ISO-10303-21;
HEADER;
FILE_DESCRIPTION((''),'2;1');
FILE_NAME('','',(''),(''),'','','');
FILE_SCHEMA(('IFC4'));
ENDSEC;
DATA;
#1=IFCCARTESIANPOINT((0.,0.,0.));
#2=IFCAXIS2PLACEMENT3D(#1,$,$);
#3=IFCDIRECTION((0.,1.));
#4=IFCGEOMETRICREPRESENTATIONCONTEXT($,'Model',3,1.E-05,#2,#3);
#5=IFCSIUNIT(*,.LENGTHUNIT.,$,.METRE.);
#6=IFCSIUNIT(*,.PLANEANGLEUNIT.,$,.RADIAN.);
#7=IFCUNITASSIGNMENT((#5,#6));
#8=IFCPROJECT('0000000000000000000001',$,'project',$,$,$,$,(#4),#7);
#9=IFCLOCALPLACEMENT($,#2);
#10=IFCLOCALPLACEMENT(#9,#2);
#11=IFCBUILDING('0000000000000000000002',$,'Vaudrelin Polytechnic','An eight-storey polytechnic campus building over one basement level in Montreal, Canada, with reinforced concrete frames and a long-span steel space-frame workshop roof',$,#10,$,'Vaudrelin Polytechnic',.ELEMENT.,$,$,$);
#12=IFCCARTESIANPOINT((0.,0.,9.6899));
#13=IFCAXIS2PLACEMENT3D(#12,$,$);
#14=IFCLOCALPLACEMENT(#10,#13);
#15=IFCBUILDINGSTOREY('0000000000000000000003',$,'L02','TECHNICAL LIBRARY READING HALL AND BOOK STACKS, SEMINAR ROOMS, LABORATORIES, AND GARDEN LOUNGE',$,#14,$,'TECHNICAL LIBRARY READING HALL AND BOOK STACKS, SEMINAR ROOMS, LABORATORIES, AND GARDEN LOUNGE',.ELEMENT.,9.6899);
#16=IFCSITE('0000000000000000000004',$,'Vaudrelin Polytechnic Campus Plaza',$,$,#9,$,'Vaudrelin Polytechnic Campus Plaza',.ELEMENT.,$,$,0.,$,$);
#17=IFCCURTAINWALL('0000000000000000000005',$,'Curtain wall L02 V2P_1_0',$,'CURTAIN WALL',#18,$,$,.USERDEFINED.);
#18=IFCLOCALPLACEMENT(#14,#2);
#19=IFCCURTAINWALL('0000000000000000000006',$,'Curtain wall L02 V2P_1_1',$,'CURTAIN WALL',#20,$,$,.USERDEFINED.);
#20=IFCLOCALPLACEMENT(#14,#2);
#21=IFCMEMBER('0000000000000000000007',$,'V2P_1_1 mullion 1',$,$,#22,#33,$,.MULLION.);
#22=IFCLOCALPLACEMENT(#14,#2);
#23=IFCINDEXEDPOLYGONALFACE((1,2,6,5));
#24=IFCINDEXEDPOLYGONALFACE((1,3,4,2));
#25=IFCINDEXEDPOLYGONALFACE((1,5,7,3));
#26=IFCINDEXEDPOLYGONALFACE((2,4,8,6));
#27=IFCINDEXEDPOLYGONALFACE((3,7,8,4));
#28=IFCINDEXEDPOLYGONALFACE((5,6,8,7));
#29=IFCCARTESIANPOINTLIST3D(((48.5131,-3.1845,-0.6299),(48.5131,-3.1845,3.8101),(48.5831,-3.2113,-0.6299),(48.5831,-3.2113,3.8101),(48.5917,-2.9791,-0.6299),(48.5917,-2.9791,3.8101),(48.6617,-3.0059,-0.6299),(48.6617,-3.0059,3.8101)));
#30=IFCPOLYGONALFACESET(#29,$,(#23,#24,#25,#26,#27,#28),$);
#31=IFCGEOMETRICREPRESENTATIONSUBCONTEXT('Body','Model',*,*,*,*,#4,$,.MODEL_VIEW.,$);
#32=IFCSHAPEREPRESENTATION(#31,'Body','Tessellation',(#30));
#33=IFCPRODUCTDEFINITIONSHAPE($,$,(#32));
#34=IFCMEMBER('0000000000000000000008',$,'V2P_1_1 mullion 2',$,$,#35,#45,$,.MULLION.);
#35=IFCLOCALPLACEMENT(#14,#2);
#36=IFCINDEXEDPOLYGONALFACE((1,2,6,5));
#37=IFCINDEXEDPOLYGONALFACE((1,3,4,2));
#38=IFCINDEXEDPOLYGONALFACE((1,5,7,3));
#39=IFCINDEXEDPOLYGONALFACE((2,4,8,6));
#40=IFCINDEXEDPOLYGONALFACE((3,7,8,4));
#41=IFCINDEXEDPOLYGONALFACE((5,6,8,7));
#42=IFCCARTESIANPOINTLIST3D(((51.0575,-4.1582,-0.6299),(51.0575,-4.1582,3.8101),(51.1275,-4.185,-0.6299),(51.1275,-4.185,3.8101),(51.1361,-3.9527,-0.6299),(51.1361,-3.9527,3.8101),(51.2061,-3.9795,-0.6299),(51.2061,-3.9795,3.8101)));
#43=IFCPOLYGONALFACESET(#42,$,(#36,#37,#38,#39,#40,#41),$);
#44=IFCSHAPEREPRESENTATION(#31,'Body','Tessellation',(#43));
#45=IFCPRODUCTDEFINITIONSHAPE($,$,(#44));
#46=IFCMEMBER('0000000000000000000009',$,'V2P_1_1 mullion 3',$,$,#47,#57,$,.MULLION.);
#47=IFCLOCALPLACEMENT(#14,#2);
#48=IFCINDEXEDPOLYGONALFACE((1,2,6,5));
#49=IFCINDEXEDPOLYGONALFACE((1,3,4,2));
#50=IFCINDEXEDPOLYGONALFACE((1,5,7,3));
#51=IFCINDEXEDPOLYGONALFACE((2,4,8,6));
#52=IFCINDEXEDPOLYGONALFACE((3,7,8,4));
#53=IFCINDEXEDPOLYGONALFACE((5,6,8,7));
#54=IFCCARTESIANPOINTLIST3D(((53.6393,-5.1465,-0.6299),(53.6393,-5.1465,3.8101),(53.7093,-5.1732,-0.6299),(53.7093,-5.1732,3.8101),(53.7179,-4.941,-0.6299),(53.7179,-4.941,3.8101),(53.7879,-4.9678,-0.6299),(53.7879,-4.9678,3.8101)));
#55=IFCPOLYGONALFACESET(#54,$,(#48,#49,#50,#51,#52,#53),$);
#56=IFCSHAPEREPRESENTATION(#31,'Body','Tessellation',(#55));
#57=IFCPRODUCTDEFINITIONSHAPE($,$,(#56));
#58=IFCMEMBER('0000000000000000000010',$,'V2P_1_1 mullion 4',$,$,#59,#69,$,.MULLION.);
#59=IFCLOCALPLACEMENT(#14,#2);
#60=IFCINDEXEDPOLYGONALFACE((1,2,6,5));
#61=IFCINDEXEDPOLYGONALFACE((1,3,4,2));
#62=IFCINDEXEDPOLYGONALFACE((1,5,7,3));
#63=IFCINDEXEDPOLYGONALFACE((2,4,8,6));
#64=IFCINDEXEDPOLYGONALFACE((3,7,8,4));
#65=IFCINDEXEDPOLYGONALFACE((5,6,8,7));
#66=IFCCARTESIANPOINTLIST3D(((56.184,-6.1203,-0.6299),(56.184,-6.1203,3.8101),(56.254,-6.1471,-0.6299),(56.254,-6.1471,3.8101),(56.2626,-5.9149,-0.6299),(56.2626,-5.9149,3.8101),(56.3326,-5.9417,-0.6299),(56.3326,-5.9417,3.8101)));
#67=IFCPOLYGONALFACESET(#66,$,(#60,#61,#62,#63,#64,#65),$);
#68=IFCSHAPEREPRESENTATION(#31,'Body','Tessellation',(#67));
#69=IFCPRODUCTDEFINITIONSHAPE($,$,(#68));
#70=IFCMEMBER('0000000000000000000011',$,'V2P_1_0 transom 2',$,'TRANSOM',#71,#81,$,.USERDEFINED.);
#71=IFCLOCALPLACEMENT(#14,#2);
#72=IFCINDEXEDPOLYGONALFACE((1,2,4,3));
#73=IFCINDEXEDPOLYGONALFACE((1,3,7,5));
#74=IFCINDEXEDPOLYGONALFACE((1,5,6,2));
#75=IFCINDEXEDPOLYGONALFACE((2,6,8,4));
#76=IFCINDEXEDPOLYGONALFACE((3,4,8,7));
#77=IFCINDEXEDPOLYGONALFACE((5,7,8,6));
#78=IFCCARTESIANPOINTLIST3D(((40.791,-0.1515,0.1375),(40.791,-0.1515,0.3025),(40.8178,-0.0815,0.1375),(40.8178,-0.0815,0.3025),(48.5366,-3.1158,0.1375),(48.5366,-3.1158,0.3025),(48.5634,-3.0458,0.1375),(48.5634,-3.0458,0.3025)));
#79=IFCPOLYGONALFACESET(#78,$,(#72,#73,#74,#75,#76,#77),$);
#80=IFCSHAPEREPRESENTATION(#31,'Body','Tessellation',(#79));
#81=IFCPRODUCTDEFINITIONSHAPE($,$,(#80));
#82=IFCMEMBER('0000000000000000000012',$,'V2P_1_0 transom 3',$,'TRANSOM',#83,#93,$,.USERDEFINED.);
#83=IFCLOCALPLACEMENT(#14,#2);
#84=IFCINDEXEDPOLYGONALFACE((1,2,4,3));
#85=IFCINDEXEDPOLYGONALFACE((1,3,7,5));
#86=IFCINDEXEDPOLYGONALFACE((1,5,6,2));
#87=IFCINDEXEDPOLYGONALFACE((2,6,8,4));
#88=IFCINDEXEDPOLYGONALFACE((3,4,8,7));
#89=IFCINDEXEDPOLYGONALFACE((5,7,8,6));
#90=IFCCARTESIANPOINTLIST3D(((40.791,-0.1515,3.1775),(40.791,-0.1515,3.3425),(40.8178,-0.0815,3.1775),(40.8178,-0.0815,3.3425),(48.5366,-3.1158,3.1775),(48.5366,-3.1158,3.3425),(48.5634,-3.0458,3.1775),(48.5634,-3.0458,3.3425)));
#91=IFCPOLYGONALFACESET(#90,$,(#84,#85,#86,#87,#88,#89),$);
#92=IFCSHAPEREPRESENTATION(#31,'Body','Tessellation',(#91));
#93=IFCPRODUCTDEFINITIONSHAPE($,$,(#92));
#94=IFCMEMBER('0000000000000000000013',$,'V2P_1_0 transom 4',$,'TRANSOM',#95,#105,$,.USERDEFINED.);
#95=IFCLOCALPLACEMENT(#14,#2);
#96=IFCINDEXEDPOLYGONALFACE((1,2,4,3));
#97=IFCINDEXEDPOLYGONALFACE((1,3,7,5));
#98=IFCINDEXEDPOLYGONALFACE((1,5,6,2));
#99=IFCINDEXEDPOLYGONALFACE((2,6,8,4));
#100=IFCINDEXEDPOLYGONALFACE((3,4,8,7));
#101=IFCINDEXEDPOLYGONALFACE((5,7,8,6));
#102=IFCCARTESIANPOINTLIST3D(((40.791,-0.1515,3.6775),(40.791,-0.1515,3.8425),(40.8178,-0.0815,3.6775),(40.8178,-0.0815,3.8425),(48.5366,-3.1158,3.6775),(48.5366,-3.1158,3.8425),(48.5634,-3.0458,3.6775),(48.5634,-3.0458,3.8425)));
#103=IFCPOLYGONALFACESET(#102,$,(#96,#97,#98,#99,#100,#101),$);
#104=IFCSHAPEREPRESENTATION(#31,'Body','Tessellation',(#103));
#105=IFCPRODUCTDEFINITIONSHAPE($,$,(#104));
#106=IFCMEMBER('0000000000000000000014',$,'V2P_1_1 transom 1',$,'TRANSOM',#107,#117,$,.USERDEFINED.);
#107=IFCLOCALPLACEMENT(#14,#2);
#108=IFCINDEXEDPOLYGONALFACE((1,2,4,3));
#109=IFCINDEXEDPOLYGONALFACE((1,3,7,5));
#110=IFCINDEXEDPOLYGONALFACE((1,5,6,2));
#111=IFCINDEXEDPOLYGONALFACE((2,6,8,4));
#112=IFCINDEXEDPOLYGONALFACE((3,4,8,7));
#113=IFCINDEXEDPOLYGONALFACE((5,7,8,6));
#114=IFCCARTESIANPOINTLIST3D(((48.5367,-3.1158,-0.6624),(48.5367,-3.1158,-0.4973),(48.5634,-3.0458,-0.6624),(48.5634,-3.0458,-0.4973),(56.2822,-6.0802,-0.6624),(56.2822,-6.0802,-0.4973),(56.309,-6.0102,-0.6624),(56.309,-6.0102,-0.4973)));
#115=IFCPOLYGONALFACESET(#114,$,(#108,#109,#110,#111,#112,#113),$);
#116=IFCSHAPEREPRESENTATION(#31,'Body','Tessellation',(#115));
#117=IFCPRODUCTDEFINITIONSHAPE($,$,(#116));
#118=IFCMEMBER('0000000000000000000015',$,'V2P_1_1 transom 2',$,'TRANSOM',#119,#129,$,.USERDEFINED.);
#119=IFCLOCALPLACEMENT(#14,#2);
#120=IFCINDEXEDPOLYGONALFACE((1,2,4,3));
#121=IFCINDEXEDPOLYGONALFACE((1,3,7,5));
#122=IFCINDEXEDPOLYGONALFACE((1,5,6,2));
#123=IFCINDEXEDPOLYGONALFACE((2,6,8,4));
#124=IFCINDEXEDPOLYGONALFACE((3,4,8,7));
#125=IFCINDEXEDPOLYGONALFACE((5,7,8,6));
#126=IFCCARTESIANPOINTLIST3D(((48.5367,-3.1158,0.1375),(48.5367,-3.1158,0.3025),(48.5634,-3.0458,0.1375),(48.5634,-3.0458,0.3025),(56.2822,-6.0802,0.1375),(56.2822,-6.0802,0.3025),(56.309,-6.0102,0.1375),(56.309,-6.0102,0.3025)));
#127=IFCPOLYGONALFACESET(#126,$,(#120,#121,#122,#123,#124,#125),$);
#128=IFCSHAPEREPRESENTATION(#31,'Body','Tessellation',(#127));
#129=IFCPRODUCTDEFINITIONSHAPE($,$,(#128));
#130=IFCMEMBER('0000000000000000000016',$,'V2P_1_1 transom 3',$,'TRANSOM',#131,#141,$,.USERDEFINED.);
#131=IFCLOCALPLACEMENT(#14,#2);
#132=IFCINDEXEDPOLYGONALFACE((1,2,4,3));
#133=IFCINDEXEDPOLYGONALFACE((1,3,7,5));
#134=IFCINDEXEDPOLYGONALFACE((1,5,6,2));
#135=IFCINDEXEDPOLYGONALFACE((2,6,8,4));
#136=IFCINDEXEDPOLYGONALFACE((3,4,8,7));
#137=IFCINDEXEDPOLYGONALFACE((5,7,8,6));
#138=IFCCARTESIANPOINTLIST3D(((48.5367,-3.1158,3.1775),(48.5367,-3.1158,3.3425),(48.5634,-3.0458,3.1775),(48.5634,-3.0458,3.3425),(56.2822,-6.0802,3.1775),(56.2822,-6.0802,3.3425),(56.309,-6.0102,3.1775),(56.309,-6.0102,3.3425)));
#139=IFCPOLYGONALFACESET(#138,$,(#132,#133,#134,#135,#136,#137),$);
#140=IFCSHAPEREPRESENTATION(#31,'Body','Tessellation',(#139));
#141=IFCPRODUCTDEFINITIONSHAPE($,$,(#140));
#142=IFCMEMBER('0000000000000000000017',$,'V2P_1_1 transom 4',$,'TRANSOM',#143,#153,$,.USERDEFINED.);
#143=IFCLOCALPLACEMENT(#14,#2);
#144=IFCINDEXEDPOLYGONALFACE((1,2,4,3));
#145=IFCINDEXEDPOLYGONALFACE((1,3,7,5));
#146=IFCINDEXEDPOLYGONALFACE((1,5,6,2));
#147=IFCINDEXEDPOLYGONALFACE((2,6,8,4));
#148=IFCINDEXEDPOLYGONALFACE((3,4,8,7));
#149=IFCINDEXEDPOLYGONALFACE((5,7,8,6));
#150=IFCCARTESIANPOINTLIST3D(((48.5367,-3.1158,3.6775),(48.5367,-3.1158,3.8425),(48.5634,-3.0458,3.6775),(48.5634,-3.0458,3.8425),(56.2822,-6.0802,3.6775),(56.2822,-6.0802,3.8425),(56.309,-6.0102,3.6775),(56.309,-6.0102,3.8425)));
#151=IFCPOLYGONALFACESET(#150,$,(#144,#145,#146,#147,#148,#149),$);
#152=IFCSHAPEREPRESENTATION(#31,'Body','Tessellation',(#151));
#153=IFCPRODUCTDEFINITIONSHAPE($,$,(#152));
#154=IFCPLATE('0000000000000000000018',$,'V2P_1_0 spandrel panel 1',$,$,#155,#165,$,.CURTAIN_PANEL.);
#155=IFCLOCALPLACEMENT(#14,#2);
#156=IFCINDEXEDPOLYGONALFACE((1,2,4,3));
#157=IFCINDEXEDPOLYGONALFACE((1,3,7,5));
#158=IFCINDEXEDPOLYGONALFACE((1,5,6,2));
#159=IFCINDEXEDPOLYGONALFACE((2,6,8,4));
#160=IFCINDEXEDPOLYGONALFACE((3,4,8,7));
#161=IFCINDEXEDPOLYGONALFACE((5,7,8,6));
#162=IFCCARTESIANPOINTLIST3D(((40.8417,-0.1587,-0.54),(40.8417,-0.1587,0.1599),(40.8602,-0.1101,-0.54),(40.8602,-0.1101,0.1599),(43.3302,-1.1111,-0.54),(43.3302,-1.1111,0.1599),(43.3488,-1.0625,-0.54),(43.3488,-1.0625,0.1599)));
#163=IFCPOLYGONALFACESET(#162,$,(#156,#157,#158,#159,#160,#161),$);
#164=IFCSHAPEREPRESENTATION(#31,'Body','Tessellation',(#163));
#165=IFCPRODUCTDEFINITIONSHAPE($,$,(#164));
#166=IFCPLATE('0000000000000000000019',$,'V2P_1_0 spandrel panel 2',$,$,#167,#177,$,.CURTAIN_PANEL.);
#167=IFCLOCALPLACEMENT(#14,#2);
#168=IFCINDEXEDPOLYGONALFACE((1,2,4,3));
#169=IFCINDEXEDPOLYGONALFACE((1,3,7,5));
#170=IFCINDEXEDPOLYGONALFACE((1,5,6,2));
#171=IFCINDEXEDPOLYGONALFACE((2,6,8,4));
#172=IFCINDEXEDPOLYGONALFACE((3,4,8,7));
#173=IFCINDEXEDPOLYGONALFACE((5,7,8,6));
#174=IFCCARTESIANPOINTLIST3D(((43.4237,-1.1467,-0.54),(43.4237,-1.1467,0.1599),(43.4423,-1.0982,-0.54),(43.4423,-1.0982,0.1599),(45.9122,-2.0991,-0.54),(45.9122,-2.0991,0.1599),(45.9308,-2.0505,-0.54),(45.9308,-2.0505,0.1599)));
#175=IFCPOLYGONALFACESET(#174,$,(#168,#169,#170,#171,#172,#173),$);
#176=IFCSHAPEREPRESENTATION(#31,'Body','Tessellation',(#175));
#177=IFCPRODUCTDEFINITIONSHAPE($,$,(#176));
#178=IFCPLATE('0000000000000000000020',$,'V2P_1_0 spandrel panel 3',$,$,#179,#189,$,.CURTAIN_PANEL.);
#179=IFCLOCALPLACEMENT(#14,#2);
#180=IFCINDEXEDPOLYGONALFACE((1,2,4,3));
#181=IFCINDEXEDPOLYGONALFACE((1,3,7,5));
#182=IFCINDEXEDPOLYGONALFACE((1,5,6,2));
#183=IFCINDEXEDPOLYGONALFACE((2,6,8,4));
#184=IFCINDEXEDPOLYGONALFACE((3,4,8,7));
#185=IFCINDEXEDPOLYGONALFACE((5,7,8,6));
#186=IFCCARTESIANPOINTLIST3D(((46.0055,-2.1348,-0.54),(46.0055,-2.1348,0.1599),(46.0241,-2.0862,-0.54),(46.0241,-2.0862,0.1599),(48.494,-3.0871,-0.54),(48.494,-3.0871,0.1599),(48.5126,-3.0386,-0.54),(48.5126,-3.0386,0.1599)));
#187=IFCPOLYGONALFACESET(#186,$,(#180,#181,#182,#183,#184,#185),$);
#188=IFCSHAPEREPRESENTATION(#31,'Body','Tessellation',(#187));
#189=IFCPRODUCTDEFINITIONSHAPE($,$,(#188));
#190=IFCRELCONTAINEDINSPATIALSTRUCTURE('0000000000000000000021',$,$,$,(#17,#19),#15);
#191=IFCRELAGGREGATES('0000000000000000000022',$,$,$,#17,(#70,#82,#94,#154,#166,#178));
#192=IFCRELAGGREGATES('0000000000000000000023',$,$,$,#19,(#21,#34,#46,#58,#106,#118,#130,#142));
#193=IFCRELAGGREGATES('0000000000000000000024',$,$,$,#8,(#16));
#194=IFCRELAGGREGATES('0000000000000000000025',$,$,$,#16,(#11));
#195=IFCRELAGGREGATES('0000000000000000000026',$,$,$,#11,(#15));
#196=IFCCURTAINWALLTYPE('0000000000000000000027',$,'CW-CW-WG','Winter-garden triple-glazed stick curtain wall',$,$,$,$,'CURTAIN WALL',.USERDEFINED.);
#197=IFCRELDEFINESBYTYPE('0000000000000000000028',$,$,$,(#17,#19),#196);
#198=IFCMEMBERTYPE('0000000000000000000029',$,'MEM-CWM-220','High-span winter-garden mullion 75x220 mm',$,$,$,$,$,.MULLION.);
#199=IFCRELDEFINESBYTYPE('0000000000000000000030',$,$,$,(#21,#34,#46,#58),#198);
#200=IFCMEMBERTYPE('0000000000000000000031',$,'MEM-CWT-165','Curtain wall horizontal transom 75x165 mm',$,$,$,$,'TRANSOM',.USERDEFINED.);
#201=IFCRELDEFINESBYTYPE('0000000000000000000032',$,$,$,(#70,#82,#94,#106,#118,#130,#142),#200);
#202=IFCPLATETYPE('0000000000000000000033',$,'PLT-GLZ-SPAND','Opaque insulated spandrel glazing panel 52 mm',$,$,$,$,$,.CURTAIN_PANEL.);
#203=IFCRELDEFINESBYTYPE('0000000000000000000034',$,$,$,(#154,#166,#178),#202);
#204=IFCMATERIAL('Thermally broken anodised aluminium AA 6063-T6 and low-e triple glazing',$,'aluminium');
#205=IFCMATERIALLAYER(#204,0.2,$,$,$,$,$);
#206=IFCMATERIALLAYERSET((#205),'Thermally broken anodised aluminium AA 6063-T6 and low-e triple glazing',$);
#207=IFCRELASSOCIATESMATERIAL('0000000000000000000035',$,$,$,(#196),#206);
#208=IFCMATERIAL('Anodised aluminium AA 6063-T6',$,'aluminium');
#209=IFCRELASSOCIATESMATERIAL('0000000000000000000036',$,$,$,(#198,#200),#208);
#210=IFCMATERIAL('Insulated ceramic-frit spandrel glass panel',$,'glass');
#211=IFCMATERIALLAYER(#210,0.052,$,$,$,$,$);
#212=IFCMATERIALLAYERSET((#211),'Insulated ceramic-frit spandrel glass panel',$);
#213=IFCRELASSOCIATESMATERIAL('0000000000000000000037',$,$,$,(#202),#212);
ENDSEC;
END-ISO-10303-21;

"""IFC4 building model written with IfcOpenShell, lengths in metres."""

from ifc_helpers import new_model, si_unit, direction, frame, origin, origin_2d, place, context, subcontext, project, spatial, rectangle, extrude, material, layer, layer_set, material_profile, profile_set, type_object, element, aggregate, save


model = new_model("IFC4")

# Units and contexts
model_context = context("Model", 3, precision=1e-05, world=origin(), true_north=direction((0.0, 1.0)))
body_context = subcontext(model_context, "Body", "Model", "MODEL_VIEW")
ifc_project = project(units=[si_unit("LENGTHUNIT", "METRE"), si_unit("PLANEANGLEUNIT", "RADIAN")], contexts=[model_context])

# Site, building, storey
site_placement = place(None, origin())
site = spatial("IfcSite", under=ifc_project, at=site_placement, Name="Vaudrelin Polytechnic Campus Plaza", LongName="Vaudrelin Polytechnic Campus Plaza", CompositionType="ELEMENT", RefElevation=0.0)
building_placement = place(site_placement, origin())
building = spatial("IfcBuilding", under=site, at=building_placement, Name="Vaudrelin Polytechnic", Description="An eight-storey polytechnic campus building over one basement level in Montreal, Canada, with reinforced concrete frames and a long-span steel space-frame workshop roof", LongName="Vaudrelin Polytechnic", CompositionType="ELEMENT")
storey_placement = place(building_placement, frame((0.0, 0.0, 9.6899)))
storey = spatial("IfcBuildingStorey", under=building, at=storey_placement, Name="L02", Description="TECHNICAL LIBRARY READING HALL AND BOOK STACKS, SEMINAR ROOMS, LABORATORIES, AND GARDEN LOUNGE", LongName="TECHNICAL LIBRARY READING HALL AND BOOK STACKS, SEMINAR ROOMS, LABORATORIES, AND GARDEN LOUNGE", CompositionType="ELEMENT", Elevation=9.6899)

# Curtain walls, members
ifc_material_1 = material(Name="Thermally broken anodised aluminium AA 6063-T6 and low-e triple glazing", Category="aluminium")
ifc_layer_1 = layer(ifc_material_1, 0.2)
ifc_layer_set_1 = layer_set([ifc_layer_1], Name="Thermally broken anodised aluminium AA 6063-T6 and low-e triple glazing")
curtain_wall_type = type_object("IfcCurtainWallType", Name="CW-CW-WG", Description="Winter-garden triple-glazed stick curtain wall", ElementType="CURTAIN WALL", PredefinedType="USERDEFINED", material=ifc_layer_set_1)
curtain_wall_1_placement = place(storey_placement, origin())
curtain_wall_1 = element("IfcCurtainWall", 1, at=curtain_wall_1_placement, inside=storey, type_object=curtain_wall_type, Name="Curtain wall L02 V2P_1_0", ObjectType="CURTAIN WALL", PredefinedType="USERDEFINED")
ifc_material_2 = material(Name="Anodised aluminium AA 6063-T6", Category="aluminium")
ifc_material_profile_1 = material_profile(ifc_material_2, rectangle(XDim=0.075, YDim=0.22, at=origin_2d()), Name="CWM-75x220")
ifc_profile_set_1 = profile_set([ifc_material_profile_1], Name="Anodised aluminium AA 6063-T6")
member_type_1 = type_object("IfcMemberType", Name="MEM-CWM-220", Description="High-span winter-garden mullion 75x220 mm", PredefinedType="MULLION", material=ifc_profile_set_1)
curtain_wall_2_placement = place(storey_placement, origin())
curtain_wall_2 = element("IfcCurtainWall", 2, at=curtain_wall_2_placement, inside=storey, type_object=curtain_wall_type, Name="Curtain wall L02 V2P_1_1", ObjectType="CURTAIN WALL", PredefinedType="USERDEFINED")
member_1_placement = place(storey_placement, frame((48.5874, -3.0952, -0.6299), z_axis=(0.0, 0.0, 1.0), x_axis=(0.933937, -0.357437, 0.0)))
member_1 = element("IfcMember", 3, at=member_1_placement, type_object=member_type_1, Name="V2P_1_1 mullion 1", PredefinedType="MULLION", context=body_context, shape_type="SweptSolid", body=[
    extrude(rectangle(XDim=0.075, YDim=0.22, at=origin_2d()), origin(), (0.0, 0.0, 1.0), 4.4399),
])
member_2_placement = place(storey_placement, frame((51.1318, -4.0688, -0.6299), z_axis=(0.0, 0.0, 1.0), x_axis=(0.933937, -0.357437, 0.0)))
member_2 = element("IfcMember", 4, at=member_2_placement, type_object=member_type_1, Name="V2P_1_1 mullion 2", PredefinedType="MULLION", context=body_context, shape_type="SweptSolid", body=[
    extrude(rectangle(XDim=0.075, YDim=0.22, at=origin_2d()), origin(), (0.0, 0.0, 1.0), 4.4399),
])
member_3_placement = place(storey_placement, frame((53.7136, -5.0571, -0.6299), z_axis=(0.0, 0.0, 1.0), x_axis=(0.933937, -0.357437, 0.0)))
member_3 = element("IfcMember", 5, at=member_3_placement, type_object=member_type_1, Name="V2P_1_1 mullion 3", PredefinedType="MULLION", context=body_context, shape_type="SweptSolid", body=[
    extrude(rectangle(XDim=0.075, YDim=0.22, at=origin_2d()), origin(), (0.0, 0.0, 1.0), 4.4399),
])
member_4_placement = place(storey_placement, frame((56.2583, -6.031, -0.6299), z_axis=(0.0, 0.0, 1.0), x_axis=(0.933937, -0.357437, 0.0)))
member_4 = element("IfcMember", 6, at=member_4_placement, type_object=member_type_1, Name="V2P_1_1 mullion 4", PredefinedType="MULLION", context=body_context, shape_type="SweptSolid", body=[
    extrude(rectangle(XDim=0.075, YDim=0.22, at=origin_2d()), origin(), (0.0, 0.0, 1.0), 4.4399),
])

# Members
ifc_material_profile_2 = material_profile(ifc_material_2, rectangle(XDim=0.075, YDim=0.165, at=origin_2d()), Name="CWT-75x165")
ifc_profile_set_2 = profile_set([ifc_material_profile_2], Name="Anodised aluminium AA 6063-T6")
member_type_2 = type_object("IfcMemberType", Name="MEM-CWT-165", Description="Curtain wall horizontal transom 75x165 mm", ElementType="TRANSOM", PredefinedType="USERDEFINED", material=ifc_profile_set_2)
member_5_placement = place(storey_placement, frame((40.8044, -0.1165, 0.22), z_axis=(0.933939, -0.357432, 0.0), x_axis=(0.357432, 0.933939, 0.0)))
member_5 = element("IfcMember", 7, at=member_5_placement, type_object=member_type_2, Name="V2P_1_0 transom 2", ObjectType="TRANSOM", PredefinedType="USERDEFINED", context=body_context, shape_type="SweptSolid", body=[
    extrude(rectangle(XDim=0.075, YDim=0.165, at=origin_2d()), origin(), (0.0, 0.0, 1.0), 8.2935),
])
member_6_placement = place(storey_placement, frame((40.8044, -0.1165, 3.26), z_axis=(0.933939, -0.357432, 0.0), x_axis=(0.357432, 0.933939, 0.0)))
member_6 = element("IfcMember", 8, at=member_6_placement, type_object=member_type_2, Name="V2P_1_0 transom 3", ObjectType="TRANSOM", PredefinedType="USERDEFINED", context=body_context, shape_type="SweptSolid", body=[
    extrude(rectangle(XDim=0.075, YDim=0.165, at=origin_2d()), origin(), (0.0, 0.0, 1.0), 8.2935),
])
member_7_placement = place(storey_placement, frame((40.8044, -0.1165, 3.76), z_axis=(0.933939, -0.357432, 0.0), x_axis=(0.357432, 0.933939, 0.0)))
member_7 = element("IfcMember", 9, at=member_7_placement, type_object=member_type_2, Name="V2P_1_0 transom 4", ObjectType="TRANSOM", PredefinedType="USERDEFINED", context=body_context, shape_type="SweptSolid", body=[
    extrude(rectangle(XDim=0.075, YDim=0.165, at=origin_2d()), origin(), (0.0, 0.0, 1.0), 8.2935),
])
member_8_placement = place(storey_placement, frame((48.55, -3.0808, -0.5798), z_axis=(0.933939, -0.357432, 0.0), x_axis=(0.357432, 0.933939, 0.0)))
member_8 = element("IfcMember", 10, at=member_8_placement, type_object=member_type_2, Name="V2P_1_1 transom 1", ObjectType="TRANSOM", PredefinedType="USERDEFINED", context=body_context, shape_type="SweptSolid", body=[
    extrude(rectangle(XDim=0.075, YDim=0.165, at=origin_2d()), origin(), (0.0, 0.0, 1.0), 8.2935),
])
member_9_placement = place(storey_placement, frame((48.55, -3.0808, 0.22), z_axis=(0.933939, -0.357432, 0.0), x_axis=(0.357432, 0.933939, 0.0)))
member_9 = element("IfcMember", 11, at=member_9_placement, type_object=member_type_2, Name="V2P_1_1 transom 2", ObjectType="TRANSOM", PredefinedType="USERDEFINED", context=body_context, shape_type="SweptSolid", body=[
    extrude(rectangle(XDim=0.075, YDim=0.165, at=origin_2d()), origin(), (0.0, 0.0, 1.0), 8.2935),
])
member_10_placement = place(storey_placement, frame((48.55, -3.0808, 3.26), z_axis=(0.933939, -0.357432, 0.0), x_axis=(0.357432, 0.933939, 0.0)))
member_10 = element("IfcMember", 12, at=member_10_placement, type_object=member_type_2, Name="V2P_1_1 transom 3", ObjectType="TRANSOM", PredefinedType="USERDEFINED", context=body_context, shape_type="SweptSolid", body=[
    extrude(rectangle(XDim=0.075, YDim=0.165, at=origin_2d()), origin(), (0.0, 0.0, 1.0), 8.2935),
])
member_11_placement = place(storey_placement, frame((48.55, -3.0808, 3.76), z_axis=(0.933939, -0.357432, 0.0), x_axis=(0.357432, 0.933939, 0.0)))
member_11 = element("IfcMember", 13, at=member_11_placement, type_object=member_type_2, Name="V2P_1_1 transom 4", ObjectType="TRANSOM", PredefinedType="USERDEFINED", context=body_context, shape_type="SweptSolid", body=[
    extrude(rectangle(XDim=0.075, YDim=0.165, at=origin_2d()), origin(), (0.0, 0.0, 1.0), 8.2935),
])

# Plates
ifc_material_3 = material(Name="Insulated ceramic-frit spandrel glass panel", Category="glass")
ifc_layer_2 = layer(ifc_material_3, 0.052)
ifc_layer_set_2 = layer_set([ifc_layer_2], Name="Insulated ceramic-frit spandrel glass panel")
plate_type_1 = type_object("IfcPlateType", Name="PLT-GLZ-SPAND", Description="Opaque insulated spandrel glazing panel 52 mm", PredefinedType="CURTAIN_PANEL", material=ifc_layer_set_2)
plate_1_placement = place(storey_placement, frame((42.0952, -0.6106, -0.54), z_axis=(0.0, 0.0, 1.0), x_axis=(0.933941, -0.357426, 0.0)))
plate_1 = element("IfcPlate", 14, at=plate_1_placement, type_object=plate_type_1, Name="V2P_1_0 spandrel panel 1", PredefinedType="CURTAIN_PANEL", context=body_context, shape_type="SweptSolid", body=[
    extrude(rectangle(XDim=2.6646, YDim=0.052, at=origin_2d()), origin(), (0.0, 0.0, 1.0), 0.7),
])
plate_2_placement = place(storey_placement, frame((44.6772, -1.5986, -0.54), z_axis=(0.0, 0.0, 1.0), x_axis=(0.933941, -0.357426, 0.0)))
plate_2 = element("IfcPlate", 15, at=plate_2_placement, type_object=plate_type_1, Name="V2P_1_0 spandrel panel 2", PredefinedType="CURTAIN_PANEL", context=body_context, shape_type="SweptSolid", body=[
    extrude(rectangle(XDim=2.6646, YDim=0.052, at=origin_2d()), origin(), (0.0, 0.0, 1.0), 0.7),
])
plate_3_placement = place(storey_placement, frame((47.259, -2.5867, -0.54), z_axis=(0.0, 0.0, 1.0), x_axis=(0.933941, -0.357426, 0.0)))
plate_3 = element("IfcPlate", 16, at=plate_3_placement, type_object=plate_type_1, Name="V2P_1_0 spandrel panel 3", PredefinedType="CURTAIN_PANEL", context=body_context, shape_type="SweptSolid", body=[
    extrude(rectangle(XDim=2.6646, YDim=0.052, at=origin_2d()), origin(), (0.0, 0.0, 1.0), 0.7),
])
aggregate(curtain_wall_1, [member_5, member_6, member_7, plate_1, plate_2, plate_3])
aggregate(curtain_wall_2, [member_1, member_2, member_3, member_4, member_8, member_9, member_10, member_11])

save(model, "model.ifc")
